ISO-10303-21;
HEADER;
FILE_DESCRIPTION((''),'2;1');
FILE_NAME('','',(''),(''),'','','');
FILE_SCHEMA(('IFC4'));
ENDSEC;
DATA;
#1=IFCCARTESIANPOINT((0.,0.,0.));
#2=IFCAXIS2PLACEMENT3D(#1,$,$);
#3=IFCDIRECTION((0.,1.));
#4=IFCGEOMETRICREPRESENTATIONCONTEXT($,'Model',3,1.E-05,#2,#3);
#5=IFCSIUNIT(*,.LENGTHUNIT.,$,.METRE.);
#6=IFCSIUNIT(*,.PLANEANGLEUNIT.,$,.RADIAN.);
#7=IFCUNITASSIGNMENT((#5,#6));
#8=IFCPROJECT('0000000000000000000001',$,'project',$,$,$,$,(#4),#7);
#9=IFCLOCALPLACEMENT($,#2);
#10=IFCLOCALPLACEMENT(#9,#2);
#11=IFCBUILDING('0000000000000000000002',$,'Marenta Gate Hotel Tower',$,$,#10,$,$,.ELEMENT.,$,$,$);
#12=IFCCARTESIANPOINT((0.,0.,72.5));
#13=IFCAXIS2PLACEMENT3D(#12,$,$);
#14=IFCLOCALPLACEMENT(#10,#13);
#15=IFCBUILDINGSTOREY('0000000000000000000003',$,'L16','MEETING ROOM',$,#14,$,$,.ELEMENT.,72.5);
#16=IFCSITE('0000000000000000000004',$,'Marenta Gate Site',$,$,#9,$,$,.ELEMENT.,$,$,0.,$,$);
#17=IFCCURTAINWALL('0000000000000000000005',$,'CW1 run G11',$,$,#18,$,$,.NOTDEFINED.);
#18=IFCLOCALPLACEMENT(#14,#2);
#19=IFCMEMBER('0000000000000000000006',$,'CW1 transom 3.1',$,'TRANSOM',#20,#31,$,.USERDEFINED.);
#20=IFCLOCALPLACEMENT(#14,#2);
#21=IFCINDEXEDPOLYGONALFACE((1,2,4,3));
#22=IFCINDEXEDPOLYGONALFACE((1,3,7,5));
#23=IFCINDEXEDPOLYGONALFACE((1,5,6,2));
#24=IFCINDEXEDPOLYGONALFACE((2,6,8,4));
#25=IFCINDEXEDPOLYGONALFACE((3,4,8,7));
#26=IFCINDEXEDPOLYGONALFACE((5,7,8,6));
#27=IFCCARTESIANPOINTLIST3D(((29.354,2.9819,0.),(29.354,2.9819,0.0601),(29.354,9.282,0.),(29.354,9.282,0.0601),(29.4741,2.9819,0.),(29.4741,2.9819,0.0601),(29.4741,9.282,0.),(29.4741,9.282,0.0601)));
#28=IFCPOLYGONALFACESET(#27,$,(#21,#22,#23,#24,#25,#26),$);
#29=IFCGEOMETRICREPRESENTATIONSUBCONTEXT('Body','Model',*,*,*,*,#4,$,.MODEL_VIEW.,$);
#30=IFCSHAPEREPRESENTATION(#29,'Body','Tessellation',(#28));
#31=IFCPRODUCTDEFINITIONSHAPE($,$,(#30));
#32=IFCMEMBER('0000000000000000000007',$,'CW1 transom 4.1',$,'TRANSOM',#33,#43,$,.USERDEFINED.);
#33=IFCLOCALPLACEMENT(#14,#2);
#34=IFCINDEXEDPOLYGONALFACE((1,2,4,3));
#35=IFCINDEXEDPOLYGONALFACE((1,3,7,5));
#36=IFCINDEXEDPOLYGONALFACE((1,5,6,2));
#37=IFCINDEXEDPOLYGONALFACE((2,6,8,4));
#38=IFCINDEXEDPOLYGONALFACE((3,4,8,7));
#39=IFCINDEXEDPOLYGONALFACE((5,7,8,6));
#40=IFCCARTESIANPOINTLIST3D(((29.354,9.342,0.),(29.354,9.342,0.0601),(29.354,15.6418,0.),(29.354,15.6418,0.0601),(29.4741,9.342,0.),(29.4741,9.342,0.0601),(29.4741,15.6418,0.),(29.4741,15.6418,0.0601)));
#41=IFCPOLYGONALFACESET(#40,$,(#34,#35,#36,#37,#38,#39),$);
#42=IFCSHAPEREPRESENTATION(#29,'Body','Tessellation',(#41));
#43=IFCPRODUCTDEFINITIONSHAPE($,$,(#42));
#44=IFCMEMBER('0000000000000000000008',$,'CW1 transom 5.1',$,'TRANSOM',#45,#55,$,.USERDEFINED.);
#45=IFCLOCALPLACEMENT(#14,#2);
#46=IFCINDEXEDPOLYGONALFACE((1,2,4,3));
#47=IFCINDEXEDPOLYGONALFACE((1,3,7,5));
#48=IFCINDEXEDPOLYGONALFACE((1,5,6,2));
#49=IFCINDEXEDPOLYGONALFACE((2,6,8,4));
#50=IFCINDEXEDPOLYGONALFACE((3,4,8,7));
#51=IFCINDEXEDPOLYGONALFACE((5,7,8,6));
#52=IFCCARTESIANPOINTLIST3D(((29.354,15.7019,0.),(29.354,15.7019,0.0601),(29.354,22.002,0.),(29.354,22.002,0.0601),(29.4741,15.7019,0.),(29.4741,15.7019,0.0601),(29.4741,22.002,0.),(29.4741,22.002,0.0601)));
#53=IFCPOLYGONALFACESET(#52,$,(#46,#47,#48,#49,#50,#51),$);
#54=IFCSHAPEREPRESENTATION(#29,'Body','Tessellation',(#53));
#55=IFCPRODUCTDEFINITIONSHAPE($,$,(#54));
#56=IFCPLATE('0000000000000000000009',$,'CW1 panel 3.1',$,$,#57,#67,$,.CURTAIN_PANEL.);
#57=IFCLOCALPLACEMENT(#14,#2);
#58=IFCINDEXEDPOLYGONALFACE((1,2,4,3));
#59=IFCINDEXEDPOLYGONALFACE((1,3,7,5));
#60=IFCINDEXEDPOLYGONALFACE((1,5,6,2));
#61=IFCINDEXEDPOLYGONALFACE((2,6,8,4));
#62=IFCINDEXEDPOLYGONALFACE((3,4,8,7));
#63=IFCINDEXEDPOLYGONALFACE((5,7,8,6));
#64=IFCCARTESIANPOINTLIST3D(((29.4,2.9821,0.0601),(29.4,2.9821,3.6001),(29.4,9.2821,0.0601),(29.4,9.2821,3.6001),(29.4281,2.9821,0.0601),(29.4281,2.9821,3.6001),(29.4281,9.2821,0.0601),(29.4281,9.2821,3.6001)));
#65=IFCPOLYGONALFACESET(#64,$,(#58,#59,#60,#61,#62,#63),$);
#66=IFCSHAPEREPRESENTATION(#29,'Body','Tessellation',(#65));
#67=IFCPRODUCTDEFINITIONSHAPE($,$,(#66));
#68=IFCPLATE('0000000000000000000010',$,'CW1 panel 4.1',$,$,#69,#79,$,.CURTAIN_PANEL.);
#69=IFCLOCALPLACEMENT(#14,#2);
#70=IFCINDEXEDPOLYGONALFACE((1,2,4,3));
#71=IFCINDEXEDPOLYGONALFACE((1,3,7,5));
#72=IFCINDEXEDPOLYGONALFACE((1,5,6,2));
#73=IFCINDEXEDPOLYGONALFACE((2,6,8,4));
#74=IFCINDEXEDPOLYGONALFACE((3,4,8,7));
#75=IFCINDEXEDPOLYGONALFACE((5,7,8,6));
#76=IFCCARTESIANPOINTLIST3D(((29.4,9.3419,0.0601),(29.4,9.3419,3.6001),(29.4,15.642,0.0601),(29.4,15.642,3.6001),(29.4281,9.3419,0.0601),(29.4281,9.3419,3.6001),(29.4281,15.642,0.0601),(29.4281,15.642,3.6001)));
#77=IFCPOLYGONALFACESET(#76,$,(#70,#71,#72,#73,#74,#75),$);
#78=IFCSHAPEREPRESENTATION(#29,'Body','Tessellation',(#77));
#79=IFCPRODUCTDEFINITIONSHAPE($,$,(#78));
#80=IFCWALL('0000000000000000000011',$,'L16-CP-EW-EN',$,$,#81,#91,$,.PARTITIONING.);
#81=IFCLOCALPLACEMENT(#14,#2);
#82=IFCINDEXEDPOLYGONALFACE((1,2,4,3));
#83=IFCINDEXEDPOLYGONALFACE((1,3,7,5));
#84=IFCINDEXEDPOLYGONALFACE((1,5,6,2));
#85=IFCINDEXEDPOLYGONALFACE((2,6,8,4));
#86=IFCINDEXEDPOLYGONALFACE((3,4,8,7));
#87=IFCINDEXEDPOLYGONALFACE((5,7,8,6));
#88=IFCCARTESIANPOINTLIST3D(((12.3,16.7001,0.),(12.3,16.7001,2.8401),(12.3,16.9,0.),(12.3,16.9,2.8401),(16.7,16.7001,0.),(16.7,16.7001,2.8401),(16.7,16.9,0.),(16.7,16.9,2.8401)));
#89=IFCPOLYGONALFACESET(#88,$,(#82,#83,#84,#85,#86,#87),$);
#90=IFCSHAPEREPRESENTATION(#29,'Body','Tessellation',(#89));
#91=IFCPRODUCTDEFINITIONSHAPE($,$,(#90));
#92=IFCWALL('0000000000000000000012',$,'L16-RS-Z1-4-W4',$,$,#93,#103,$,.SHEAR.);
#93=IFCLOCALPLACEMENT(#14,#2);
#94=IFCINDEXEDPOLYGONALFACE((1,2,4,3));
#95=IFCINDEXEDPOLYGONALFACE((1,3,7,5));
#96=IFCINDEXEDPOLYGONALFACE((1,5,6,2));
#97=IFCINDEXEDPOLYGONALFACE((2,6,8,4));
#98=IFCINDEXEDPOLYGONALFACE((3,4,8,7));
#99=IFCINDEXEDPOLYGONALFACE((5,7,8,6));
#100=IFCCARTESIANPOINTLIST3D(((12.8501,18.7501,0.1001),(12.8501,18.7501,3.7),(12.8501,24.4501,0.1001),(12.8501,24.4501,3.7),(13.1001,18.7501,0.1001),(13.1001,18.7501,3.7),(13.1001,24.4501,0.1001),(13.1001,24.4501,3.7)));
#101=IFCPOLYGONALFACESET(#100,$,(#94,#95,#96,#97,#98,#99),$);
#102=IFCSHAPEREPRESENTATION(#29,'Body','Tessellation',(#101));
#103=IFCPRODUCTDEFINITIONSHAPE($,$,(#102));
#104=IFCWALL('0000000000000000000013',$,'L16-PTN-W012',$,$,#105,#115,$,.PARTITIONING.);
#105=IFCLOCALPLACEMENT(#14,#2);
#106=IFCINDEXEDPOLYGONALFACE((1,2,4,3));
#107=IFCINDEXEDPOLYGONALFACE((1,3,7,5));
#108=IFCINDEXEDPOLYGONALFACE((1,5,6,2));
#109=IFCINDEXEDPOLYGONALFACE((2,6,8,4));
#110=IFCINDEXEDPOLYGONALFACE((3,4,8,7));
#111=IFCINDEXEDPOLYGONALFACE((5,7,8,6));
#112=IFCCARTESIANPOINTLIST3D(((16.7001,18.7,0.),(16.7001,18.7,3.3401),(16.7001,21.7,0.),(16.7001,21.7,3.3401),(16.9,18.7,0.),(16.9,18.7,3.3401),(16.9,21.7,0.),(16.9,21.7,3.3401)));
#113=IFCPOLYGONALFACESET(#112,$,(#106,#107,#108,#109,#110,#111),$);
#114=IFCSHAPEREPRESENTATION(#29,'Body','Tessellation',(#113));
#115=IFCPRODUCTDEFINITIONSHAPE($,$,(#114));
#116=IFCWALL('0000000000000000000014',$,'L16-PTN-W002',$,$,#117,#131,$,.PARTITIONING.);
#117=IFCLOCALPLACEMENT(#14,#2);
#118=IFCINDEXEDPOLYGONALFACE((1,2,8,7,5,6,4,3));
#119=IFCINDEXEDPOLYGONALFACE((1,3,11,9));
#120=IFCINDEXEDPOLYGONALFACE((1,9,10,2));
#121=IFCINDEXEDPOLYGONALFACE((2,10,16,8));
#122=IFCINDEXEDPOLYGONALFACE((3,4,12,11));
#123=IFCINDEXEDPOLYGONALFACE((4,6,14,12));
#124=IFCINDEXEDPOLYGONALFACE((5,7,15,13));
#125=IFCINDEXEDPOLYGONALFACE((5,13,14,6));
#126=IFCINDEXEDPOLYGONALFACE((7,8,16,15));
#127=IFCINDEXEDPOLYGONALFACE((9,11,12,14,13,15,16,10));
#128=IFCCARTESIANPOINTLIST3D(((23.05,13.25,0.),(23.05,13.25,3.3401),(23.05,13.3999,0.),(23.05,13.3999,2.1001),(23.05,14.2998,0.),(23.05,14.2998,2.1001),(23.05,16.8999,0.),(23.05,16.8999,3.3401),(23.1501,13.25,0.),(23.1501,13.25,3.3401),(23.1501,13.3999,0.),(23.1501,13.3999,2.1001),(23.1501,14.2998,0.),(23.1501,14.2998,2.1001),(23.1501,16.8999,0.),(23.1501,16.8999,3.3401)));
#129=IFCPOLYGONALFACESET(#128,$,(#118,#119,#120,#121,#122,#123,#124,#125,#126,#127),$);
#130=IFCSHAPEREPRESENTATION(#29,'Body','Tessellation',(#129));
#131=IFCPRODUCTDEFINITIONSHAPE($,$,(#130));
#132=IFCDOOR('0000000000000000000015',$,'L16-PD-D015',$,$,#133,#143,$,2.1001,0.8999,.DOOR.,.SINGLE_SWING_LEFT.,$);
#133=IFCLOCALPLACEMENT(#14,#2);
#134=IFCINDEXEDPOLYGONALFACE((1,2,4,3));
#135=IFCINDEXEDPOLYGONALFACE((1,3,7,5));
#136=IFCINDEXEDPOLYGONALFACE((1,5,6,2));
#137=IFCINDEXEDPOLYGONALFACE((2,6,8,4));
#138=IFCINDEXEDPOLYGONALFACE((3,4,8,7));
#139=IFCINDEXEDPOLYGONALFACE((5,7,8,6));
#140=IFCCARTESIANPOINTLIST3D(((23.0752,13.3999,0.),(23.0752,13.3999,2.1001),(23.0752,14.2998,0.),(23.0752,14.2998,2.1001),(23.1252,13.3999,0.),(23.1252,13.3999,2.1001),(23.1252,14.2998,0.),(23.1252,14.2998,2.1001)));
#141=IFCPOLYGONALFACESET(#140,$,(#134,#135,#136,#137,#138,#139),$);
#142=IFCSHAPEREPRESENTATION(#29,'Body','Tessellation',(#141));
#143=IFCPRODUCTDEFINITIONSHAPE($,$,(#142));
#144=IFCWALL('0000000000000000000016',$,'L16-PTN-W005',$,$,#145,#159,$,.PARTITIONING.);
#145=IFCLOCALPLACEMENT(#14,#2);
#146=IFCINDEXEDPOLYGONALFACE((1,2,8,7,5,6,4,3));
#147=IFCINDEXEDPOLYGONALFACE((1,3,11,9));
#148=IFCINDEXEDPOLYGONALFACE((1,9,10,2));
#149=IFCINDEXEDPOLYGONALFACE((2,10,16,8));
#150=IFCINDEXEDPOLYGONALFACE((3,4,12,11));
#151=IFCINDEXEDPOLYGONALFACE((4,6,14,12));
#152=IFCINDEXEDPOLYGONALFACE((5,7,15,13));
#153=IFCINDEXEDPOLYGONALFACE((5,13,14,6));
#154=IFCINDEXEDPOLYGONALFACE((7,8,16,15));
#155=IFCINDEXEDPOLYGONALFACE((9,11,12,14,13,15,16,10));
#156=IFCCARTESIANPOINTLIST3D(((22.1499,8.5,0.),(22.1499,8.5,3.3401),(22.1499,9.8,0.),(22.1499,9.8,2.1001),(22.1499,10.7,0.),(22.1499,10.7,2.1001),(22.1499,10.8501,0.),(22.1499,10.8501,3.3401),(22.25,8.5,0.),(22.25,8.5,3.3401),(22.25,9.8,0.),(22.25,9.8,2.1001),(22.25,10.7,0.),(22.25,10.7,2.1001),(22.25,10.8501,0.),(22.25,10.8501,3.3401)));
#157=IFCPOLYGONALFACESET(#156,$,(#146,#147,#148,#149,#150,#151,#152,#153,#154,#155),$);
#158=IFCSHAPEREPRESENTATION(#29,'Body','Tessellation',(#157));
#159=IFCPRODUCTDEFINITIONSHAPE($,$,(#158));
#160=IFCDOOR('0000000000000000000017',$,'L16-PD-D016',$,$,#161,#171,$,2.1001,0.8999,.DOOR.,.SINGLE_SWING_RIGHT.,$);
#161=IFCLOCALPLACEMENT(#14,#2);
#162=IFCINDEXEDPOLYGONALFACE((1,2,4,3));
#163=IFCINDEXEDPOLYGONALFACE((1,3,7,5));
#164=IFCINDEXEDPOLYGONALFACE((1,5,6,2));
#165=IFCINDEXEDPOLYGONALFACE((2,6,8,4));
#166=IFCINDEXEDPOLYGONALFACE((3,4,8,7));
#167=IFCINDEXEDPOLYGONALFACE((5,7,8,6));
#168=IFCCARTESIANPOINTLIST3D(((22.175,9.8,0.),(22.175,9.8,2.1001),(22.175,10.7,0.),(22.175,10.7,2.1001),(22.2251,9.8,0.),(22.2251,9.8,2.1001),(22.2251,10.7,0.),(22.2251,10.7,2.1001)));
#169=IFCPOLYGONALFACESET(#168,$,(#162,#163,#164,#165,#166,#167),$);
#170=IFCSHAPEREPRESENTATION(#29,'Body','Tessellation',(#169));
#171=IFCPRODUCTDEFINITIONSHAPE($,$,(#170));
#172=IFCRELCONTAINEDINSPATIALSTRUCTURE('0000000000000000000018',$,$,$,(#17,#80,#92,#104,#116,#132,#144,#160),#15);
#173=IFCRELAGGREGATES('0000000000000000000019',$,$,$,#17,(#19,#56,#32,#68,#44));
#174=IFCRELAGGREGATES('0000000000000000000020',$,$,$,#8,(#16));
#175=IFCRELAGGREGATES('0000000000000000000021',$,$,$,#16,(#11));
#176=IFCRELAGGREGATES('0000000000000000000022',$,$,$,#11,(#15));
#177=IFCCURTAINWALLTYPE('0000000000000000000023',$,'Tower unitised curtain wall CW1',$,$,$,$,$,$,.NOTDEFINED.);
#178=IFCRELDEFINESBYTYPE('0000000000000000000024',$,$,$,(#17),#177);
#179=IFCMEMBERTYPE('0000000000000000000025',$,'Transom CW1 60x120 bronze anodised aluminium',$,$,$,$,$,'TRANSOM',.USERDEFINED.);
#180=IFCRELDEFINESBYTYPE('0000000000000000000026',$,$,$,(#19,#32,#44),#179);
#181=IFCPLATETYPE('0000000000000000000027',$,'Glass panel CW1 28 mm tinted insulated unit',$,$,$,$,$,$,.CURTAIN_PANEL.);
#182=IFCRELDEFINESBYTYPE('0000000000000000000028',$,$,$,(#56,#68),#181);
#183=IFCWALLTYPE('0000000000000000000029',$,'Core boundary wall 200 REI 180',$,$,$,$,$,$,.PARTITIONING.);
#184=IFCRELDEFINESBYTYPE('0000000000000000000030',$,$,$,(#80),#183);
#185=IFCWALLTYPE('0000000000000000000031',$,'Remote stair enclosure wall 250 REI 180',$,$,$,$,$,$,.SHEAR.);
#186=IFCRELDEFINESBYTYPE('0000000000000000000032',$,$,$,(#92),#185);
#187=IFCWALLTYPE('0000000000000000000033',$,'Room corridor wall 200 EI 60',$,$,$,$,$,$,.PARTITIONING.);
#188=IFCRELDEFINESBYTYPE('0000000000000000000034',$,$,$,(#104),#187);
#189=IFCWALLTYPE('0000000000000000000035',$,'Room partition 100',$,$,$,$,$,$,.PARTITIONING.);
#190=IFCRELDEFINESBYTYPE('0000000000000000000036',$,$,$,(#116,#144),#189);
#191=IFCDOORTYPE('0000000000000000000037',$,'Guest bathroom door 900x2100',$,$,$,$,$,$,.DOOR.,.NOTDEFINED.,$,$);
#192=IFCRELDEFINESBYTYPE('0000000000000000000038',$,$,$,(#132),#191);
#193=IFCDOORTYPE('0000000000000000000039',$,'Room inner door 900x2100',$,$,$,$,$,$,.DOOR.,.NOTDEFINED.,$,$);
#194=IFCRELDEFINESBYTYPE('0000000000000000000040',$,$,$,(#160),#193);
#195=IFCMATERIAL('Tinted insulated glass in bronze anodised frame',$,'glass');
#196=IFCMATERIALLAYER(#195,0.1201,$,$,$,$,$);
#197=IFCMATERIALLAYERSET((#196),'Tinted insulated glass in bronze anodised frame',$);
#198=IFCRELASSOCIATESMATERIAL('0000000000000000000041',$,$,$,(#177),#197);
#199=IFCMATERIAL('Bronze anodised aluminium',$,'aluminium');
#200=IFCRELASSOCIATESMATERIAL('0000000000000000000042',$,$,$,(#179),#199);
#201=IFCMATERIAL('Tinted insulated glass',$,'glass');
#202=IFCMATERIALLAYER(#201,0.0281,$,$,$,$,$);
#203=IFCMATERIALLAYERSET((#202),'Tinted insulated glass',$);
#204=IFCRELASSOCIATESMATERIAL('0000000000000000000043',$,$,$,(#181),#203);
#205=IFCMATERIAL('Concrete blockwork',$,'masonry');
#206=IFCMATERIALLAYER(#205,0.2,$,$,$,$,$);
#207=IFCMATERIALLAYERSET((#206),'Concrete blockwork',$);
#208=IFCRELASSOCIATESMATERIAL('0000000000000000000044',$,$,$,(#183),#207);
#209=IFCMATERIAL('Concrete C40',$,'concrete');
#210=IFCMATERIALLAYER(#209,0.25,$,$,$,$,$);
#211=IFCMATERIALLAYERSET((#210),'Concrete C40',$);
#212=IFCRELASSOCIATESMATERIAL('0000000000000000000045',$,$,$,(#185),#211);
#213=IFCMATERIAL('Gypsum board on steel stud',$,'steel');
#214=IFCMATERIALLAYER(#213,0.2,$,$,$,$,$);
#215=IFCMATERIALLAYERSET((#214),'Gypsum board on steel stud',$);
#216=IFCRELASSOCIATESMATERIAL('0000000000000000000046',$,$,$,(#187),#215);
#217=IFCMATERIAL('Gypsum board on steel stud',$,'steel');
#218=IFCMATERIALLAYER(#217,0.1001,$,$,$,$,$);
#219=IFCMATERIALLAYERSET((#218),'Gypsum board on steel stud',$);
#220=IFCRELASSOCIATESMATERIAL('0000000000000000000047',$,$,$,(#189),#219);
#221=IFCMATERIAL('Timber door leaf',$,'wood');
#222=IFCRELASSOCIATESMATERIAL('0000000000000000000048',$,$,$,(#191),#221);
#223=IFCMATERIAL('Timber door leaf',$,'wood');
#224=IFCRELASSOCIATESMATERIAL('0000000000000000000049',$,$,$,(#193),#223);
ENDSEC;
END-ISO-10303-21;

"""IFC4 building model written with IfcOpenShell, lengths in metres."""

from ifc_helpers import new_model, si_unit, direction, frame, frame_2d, origin, origin_2d, place, context, subcontext, project, spatial, rectangle, extrude, material, layer, layer_set, material_profile, profile_set, type_object, element, fill, aggregate, save


model = new_model("IFC4")

# Units and contexts
model_context = context("Model", 3, precision=1e-05, world=origin(), true_north=direction((0.0, 1.0)))
body_context = subcontext(model_context, "Body", "Model", "MODEL_VIEW")
ifc_project = project(units=[si_unit("LENGTHUNIT", "METRE"), si_unit("PLANEANGLEUNIT", "RADIAN")], contexts=[model_context])

# Site, building, storey
site_placement = place(None, origin())
site = spatial("IfcSite", under=ifc_project, at=site_placement, Name="Marenta Gate Site", CompositionType="ELEMENT", RefElevation=0.0)
building_placement = place(site_placement, origin())
building = spatial("IfcBuilding", under=site, at=building_placement, Name="Marenta Gate Hotel Tower", CompositionType="ELEMENT")
storey_placement = place(building_placement, frame((0.0, 0.0, 72.5)))
storey = spatial("IfcBuildingStorey", under=building, at=storey_placement, Name="L16", Description="MEETING ROOM", CompositionType="ELEMENT", Elevation=72.5)

# Curtain wall, members, plates
ifc_material_1 = material(Name="Tinted insulated glass in bronze anodised frame", Category="glass")
ifc_layer_1 = layer(ifc_material_1, 0.1201)
ifc_layer_set_1 = layer_set([ifc_layer_1], Name="Tinted insulated glass in bronze anodised frame")
curtain_wall_type = type_object("IfcCurtainWallType", Name="Tower unitised curtain wall CW1", PredefinedType="NOTDEFINED", material=ifc_layer_set_1)
curtain_wall_placement = place(storey_placement, origin())
curtain_wall = element("IfcCurtainWall", 1, at=curtain_wall_placement, inside=storey, type_object=curtain_wall_type, Name="CW1 run G11", PredefinedType="NOTDEFINED")
ifc_material_2 = material(Name="Bronze anodised aluminium", Category="aluminium")
ifc_material_profile_1 = material_profile(ifc_material_2, rectangle(XDim=0.1201, YDim=0.0601, at=origin_2d()), Name="Transom CW1 60x120 bronze anodised aluminium")
ifc_profile_set_1 = profile_set([ifc_material_profile_1], Name="Bronze anodised aluminium")
member_type_1 = type_object("IfcMemberType", Name="Transom CW1 60x120 bronze anodised aluminium", ElementType="TRANSOM", PredefinedType="USERDEFINED", material=ifc_profile_set_1)
member_1_placement = place(storey_placement, frame((29.4141, 2.9819, 0.03), z_axis=(0.0, 1.0, 0.0), x_axis=(-1.0, 0.0, 0.0)))
member_1 = element("IfcMember", 2, at=member_1_placement, type_object=member_type_1, Name="CW1 transom 3.1", ObjectType="TRANSOM", PredefinedType="USERDEFINED", context=body_context, shape_type="SweptSolid", body=[
    extrude(rectangle(XDim=0.1201, YDim=0.0601, at=origin_2d()), origin(), (0.0, 0.0, 1.0), 6.3),
])
member_2_placement = place(storey_placement, frame((29.4141, 9.342, 0.03), z_axis=(0.0, 1.0, 0.0), x_axis=(-1.0, 0.0, 0.0)))
member_2 = element("IfcMember", 3, at=member_2_placement, type_object=member_type_1, Name="CW1 transom 4.1", ObjectType="TRANSOM", PredefinedType="USERDEFINED", context=body_context, shape_type="SweptSolid", body=[
    extrude(rectangle(XDim=0.1201, YDim=0.0601, at=origin_2d()), origin(), (0.0, 0.0, 1.0), 6.2998),
])
member_3_placement = place(storey_placement, frame((29.4141, 15.7019, 0.03), z_axis=(0.0, 1.0, 0.0), x_axis=(-1.0, 0.0, 0.0)))
member_3 = element("IfcMember", 4, at=member_3_placement, type_object=member_type_1, Name="CW1 transom 5.1", ObjectType="TRANSOM", PredefinedType="USERDEFINED", context=body_context, shape_type="SweptSolid", body=[
    extrude(rectangle(XDim=0.1201, YDim=0.0601, at=origin_2d()), origin(), (0.0, 0.0, 1.0), 6.3),
])
ifc_material_3 = material(Name="Tinted insulated glass", Category="glass")
ifc_layer_2 = layer(ifc_material_3, 0.0281)
ifc_layer_set_2 = layer_set([ifc_layer_2], Name="Tinted insulated glass")
plate_type = type_object("IfcPlateType", Name="Glass panel CW1 28 mm tinted insulated unit", PredefinedType="CURTAIN_PANEL", material=ifc_layer_set_2)
plate_1_placement = place(storey_placement, frame((29.4141, 6.1321, 0.0601), z_axis=(0.0, 0.0, 1.0), x_axis=(0.0, 1.0, 0.0)))
plate_1 = element("IfcPlate", 5, at=plate_1_placement, type_object=plate_type, Name="CW1 panel 3.1", PredefinedType="CURTAIN_PANEL", context=body_context, shape_type="SweptSolid", body=[
    extrude(rectangle(XDim=6.3, YDim=0.0281, at=origin_2d()), origin(), (0.0, 0.0, 1.0), 3.54),
])
plate_2_placement = place(storey_placement, frame((29.4141, 12.4919, 0.0601), z_axis=(0.0, 0.0, 1.0), x_axis=(0.0, 1.0, 0.0)))
plate_2 = element("IfcPlate", 6, at=plate_2_placement, type_object=plate_type, Name="CW1 panel 4.1", PredefinedType="CURTAIN_PANEL", context=body_context, shape_type="SweptSolid", body=[
    extrude(rectangle(XDim=6.3, YDim=0.0281, at=origin_2d()), origin(), (0.0, 0.0, 1.0), 3.54),
])
aggregate(curtain_wall, [member_1, plate_1, member_2, plate_2, member_3])

# Walls
ifc_material_4 = material(Name="Concrete blockwork", Category="masonry")
ifc_layer_3 = layer(ifc_material_4, 0.2)
ifc_layer_set_3 = layer_set([ifc_layer_3], Name="Concrete blockwork")
wall_type_1 = type_object("IfcWallType", Name="Core boundary wall 200 REI 180", PredefinedType="PARTITIONING", material=ifc_layer_set_3)
wall_1_placement = place(storey_placement, frame((12.3, 16.8, 0.0), z_axis=(0.0, 0.0, 1.0), x_axis=(1.0, 0.0, 0.0)))
element("IfcWall", 7, at=wall_1_placement, inside=storey, type_object=wall_type_1, Name="L16-CP-EW-EN", PredefinedType="PARTITIONING", context=body_context, shape_type="SweptSolid", body=[
    extrude(rectangle(XDim=4.3999, YDim=0.2, at=frame_2d((2.2, 0.0))), origin(), (0.0, 0.0, 1.0), 2.8401),
])
ifc_material_5 = material(Name="Concrete C40", Category="concrete")
ifc_layer_4 = layer(ifc_material_5, 0.25)
ifc_layer_set_4 = layer_set([ifc_layer_4], Name="Concrete C40")
wall_type_2 = type_object("IfcWallType", Name="Remote stair enclosure wall 250 REI 180", PredefinedType="SHEAR", material=ifc_layer_set_4)
wall_2_placement = place(storey_placement, frame((12.9751, 18.75, 0.1001), z_axis=(0.0, 0.0, 1.0), x_axis=(0.0, 1.0, 0.0)))
element("IfcWall", 8, at=wall_2_placement, inside=storey, type_object=wall_type_2, Name="L16-RS-Z1-4-W4", PredefinedType="SHEAR", context=body_context, shape_type="SweptSolid", body=[
    extrude(rectangle(XDim=5.7, YDim=0.25, at=frame_2d((2.8501, 0.0))), origin(), (0.0, 0.0, 1.0), 3.5999),
])
ifc_material_6 = material(Name="Gypsum board on steel stud", Category="steel")
ifc_layer_5 = layer(ifc_material_6, 0.2)
ifc_layer_set_5 = layer_set([ifc_layer_5], Name="Gypsum board on steel stud")
wall_type_3 = type_object("IfcWallType", Name="Room corridor wall 200 EI 60", PredefinedType="PARTITIONING", material=ifc_layer_set_5)
wall_3_placement = place(storey_placement, frame((16.8, 18.7, 0.0), z_axis=(0.0, 0.0, 1.0), x_axis=(0.0, 1.0, 0.0)))
element("IfcWall", 9, at=wall_3_placement, inside=storey, type_object=wall_type_3, Name="L16-PTN-W012", PredefinedType="PARTITIONING", context=body_context, shape_type="SweptSolid", body=[
    extrude(rectangle(XDim=3.0, YDim=0.2, at=frame_2d((1.5, 0.0))), origin(), (0.0, 0.0, 1.0), 3.3401),
])

# Walls, openings, doors
ifc_material_7 = material(Name="Gypsum board on steel stud", Category="steel")
ifc_layer_6 = layer(ifc_material_7, 0.1001)
ifc_layer_set_6 = layer_set([ifc_layer_6], Name="Gypsum board on steel stud")
wall_type_4 = type_object("IfcWallType", Name="Room partition 100", PredefinedType="PARTITIONING", material=ifc_layer_set_6)
wall_4_placement = place(storey_placement, frame((23.1001, 13.25, 0.0), z_axis=(0.0, 0.0, 1.0), x_axis=(0.0, 1.0, 0.0)))
wall_4 = element("IfcWall", 10, at=wall_4_placement, inside=storey, type_object=wall_type_4, Name="L16-PTN-W002", PredefinedType="PARTITIONING", context=body_context, shape_type="SweptSolid", body=[
    extrude(rectangle(XDim=3.6499, YDim=0.1001, at=frame_2d((1.825, 0.0))), origin(), (0.0, 0.0, 1.0), 3.3401),
])
opening_1_placement = place(wall_4_placement, frame((0.1499, 0.0, 0.0)))
opening_1 = element("IfcOpeningElement", 11, at=opening_1_placement, cuts=wall_4, PredefinedType="OPENING", context=body_context, shape_type="SweptSolid", body=[
    extrude(rectangle(XDim=0.8999, YDim=2.1001, at=frame_2d((0.45, 1.05))), frame((0.0, 0.05, 0.0), z_axis=(0.0, -1.0, 0.0), x_axis=(1.0, 0.0, 0.0)), (0.0, 0.0, 1.0), 0.1001),
])
ifc_material_8 = material(Name="Timber door leaf", Category="wood")
door_type_1 = type_object("IfcDoorType", Name="Guest bathroom door 900x2100", OperationType="NOTDEFINED", PredefinedType="DOOR", material=ifc_material_8)
door_1_placement = place(opening_1_placement, origin())
door_1 = element("IfcDoor", 12, at=door_1_placement, inside=storey, type_object=door_type_1, Name="L16-PD-D015", OperationType="SINGLE_SWING_LEFT", OverallHeight=2.1001, OverallWidth=0.8999, PredefinedType="DOOR", context=body_context, shape_type="SweptSolid", body=[
    extrude(rectangle(XDim=0.8999, YDim=2.1001, at=frame_2d((0.45, 1.05))), frame((0.0, 0.0249, 0.0), z_axis=(0.0, -1.0, 0.0), x_axis=(1.0, 0.0, 0.0)), (0.0, 0.0, 1.0), 0.05),
])
fill(opening_1, door_1)
wall_5_placement = place(storey_placement, frame((22.2, 8.5, 0.0), z_axis=(0.0, 0.0, 1.0), x_axis=(0.0, 1.0, 0.0)))
wall_5 = element("IfcWall", 13, at=wall_5_placement, inside=storey, type_object=wall_type_4, Name="L16-PTN-W005", PredefinedType="PARTITIONING", context=body_context, shape_type="SweptSolid", body=[
    extrude(rectangle(XDim=2.3501, YDim=0.1001, at=frame_2d((1.175, 0.0))), origin(), (0.0, 0.0, 1.0), 3.3401),
])
opening_2_placement = place(wall_5_placement, frame((1.3, 0.0, 0.0)))
opening_2 = element("IfcOpeningElement", 14, at=opening_2_placement, cuts=wall_5, PredefinedType="OPENING", context=body_context, shape_type="SweptSolid", body=[
    extrude(rectangle(XDim=0.8999, YDim=2.1001, at=frame_2d((0.45, 1.05))), frame((0.0, 0.05, 0.0), z_axis=(0.0, -1.0, 0.0), x_axis=(1.0, 0.0, 0.0)), (0.0, 0.0, 1.0), 0.1001),
])
ifc_material_9 = material(Name="Timber door leaf", Category="wood")
door_type_2 = type_object("IfcDoorType", Name="Room inner door 900x2100", OperationType="NOTDEFINED", PredefinedType="DOOR", material=ifc_material_9)
door_2_placement = place(opening_2_placement, origin())
door_2 = element("IfcDoor", 15, at=door_2_placement, inside=storey, type_object=door_type_2, Name="L16-PD-D016", OperationType="SINGLE_SWING_RIGHT", OverallHeight=2.1001, OverallWidth=0.8999, PredefinedType="DOOR", context=body_context, shape_type="SweptSolid", body=[
    extrude(rectangle(XDim=0.8999, YDim=2.1001, at=frame_2d((0.45, 1.05))), frame((0.0, 0.0249, 0.0), z_axis=(0.0, -1.0, 0.0), x_axis=(1.0, 0.0, 0.0)), (0.0, 0.0, 1.0), 0.05),
])
fill(opening_2, door_2)

save(model, "model.ifc")
